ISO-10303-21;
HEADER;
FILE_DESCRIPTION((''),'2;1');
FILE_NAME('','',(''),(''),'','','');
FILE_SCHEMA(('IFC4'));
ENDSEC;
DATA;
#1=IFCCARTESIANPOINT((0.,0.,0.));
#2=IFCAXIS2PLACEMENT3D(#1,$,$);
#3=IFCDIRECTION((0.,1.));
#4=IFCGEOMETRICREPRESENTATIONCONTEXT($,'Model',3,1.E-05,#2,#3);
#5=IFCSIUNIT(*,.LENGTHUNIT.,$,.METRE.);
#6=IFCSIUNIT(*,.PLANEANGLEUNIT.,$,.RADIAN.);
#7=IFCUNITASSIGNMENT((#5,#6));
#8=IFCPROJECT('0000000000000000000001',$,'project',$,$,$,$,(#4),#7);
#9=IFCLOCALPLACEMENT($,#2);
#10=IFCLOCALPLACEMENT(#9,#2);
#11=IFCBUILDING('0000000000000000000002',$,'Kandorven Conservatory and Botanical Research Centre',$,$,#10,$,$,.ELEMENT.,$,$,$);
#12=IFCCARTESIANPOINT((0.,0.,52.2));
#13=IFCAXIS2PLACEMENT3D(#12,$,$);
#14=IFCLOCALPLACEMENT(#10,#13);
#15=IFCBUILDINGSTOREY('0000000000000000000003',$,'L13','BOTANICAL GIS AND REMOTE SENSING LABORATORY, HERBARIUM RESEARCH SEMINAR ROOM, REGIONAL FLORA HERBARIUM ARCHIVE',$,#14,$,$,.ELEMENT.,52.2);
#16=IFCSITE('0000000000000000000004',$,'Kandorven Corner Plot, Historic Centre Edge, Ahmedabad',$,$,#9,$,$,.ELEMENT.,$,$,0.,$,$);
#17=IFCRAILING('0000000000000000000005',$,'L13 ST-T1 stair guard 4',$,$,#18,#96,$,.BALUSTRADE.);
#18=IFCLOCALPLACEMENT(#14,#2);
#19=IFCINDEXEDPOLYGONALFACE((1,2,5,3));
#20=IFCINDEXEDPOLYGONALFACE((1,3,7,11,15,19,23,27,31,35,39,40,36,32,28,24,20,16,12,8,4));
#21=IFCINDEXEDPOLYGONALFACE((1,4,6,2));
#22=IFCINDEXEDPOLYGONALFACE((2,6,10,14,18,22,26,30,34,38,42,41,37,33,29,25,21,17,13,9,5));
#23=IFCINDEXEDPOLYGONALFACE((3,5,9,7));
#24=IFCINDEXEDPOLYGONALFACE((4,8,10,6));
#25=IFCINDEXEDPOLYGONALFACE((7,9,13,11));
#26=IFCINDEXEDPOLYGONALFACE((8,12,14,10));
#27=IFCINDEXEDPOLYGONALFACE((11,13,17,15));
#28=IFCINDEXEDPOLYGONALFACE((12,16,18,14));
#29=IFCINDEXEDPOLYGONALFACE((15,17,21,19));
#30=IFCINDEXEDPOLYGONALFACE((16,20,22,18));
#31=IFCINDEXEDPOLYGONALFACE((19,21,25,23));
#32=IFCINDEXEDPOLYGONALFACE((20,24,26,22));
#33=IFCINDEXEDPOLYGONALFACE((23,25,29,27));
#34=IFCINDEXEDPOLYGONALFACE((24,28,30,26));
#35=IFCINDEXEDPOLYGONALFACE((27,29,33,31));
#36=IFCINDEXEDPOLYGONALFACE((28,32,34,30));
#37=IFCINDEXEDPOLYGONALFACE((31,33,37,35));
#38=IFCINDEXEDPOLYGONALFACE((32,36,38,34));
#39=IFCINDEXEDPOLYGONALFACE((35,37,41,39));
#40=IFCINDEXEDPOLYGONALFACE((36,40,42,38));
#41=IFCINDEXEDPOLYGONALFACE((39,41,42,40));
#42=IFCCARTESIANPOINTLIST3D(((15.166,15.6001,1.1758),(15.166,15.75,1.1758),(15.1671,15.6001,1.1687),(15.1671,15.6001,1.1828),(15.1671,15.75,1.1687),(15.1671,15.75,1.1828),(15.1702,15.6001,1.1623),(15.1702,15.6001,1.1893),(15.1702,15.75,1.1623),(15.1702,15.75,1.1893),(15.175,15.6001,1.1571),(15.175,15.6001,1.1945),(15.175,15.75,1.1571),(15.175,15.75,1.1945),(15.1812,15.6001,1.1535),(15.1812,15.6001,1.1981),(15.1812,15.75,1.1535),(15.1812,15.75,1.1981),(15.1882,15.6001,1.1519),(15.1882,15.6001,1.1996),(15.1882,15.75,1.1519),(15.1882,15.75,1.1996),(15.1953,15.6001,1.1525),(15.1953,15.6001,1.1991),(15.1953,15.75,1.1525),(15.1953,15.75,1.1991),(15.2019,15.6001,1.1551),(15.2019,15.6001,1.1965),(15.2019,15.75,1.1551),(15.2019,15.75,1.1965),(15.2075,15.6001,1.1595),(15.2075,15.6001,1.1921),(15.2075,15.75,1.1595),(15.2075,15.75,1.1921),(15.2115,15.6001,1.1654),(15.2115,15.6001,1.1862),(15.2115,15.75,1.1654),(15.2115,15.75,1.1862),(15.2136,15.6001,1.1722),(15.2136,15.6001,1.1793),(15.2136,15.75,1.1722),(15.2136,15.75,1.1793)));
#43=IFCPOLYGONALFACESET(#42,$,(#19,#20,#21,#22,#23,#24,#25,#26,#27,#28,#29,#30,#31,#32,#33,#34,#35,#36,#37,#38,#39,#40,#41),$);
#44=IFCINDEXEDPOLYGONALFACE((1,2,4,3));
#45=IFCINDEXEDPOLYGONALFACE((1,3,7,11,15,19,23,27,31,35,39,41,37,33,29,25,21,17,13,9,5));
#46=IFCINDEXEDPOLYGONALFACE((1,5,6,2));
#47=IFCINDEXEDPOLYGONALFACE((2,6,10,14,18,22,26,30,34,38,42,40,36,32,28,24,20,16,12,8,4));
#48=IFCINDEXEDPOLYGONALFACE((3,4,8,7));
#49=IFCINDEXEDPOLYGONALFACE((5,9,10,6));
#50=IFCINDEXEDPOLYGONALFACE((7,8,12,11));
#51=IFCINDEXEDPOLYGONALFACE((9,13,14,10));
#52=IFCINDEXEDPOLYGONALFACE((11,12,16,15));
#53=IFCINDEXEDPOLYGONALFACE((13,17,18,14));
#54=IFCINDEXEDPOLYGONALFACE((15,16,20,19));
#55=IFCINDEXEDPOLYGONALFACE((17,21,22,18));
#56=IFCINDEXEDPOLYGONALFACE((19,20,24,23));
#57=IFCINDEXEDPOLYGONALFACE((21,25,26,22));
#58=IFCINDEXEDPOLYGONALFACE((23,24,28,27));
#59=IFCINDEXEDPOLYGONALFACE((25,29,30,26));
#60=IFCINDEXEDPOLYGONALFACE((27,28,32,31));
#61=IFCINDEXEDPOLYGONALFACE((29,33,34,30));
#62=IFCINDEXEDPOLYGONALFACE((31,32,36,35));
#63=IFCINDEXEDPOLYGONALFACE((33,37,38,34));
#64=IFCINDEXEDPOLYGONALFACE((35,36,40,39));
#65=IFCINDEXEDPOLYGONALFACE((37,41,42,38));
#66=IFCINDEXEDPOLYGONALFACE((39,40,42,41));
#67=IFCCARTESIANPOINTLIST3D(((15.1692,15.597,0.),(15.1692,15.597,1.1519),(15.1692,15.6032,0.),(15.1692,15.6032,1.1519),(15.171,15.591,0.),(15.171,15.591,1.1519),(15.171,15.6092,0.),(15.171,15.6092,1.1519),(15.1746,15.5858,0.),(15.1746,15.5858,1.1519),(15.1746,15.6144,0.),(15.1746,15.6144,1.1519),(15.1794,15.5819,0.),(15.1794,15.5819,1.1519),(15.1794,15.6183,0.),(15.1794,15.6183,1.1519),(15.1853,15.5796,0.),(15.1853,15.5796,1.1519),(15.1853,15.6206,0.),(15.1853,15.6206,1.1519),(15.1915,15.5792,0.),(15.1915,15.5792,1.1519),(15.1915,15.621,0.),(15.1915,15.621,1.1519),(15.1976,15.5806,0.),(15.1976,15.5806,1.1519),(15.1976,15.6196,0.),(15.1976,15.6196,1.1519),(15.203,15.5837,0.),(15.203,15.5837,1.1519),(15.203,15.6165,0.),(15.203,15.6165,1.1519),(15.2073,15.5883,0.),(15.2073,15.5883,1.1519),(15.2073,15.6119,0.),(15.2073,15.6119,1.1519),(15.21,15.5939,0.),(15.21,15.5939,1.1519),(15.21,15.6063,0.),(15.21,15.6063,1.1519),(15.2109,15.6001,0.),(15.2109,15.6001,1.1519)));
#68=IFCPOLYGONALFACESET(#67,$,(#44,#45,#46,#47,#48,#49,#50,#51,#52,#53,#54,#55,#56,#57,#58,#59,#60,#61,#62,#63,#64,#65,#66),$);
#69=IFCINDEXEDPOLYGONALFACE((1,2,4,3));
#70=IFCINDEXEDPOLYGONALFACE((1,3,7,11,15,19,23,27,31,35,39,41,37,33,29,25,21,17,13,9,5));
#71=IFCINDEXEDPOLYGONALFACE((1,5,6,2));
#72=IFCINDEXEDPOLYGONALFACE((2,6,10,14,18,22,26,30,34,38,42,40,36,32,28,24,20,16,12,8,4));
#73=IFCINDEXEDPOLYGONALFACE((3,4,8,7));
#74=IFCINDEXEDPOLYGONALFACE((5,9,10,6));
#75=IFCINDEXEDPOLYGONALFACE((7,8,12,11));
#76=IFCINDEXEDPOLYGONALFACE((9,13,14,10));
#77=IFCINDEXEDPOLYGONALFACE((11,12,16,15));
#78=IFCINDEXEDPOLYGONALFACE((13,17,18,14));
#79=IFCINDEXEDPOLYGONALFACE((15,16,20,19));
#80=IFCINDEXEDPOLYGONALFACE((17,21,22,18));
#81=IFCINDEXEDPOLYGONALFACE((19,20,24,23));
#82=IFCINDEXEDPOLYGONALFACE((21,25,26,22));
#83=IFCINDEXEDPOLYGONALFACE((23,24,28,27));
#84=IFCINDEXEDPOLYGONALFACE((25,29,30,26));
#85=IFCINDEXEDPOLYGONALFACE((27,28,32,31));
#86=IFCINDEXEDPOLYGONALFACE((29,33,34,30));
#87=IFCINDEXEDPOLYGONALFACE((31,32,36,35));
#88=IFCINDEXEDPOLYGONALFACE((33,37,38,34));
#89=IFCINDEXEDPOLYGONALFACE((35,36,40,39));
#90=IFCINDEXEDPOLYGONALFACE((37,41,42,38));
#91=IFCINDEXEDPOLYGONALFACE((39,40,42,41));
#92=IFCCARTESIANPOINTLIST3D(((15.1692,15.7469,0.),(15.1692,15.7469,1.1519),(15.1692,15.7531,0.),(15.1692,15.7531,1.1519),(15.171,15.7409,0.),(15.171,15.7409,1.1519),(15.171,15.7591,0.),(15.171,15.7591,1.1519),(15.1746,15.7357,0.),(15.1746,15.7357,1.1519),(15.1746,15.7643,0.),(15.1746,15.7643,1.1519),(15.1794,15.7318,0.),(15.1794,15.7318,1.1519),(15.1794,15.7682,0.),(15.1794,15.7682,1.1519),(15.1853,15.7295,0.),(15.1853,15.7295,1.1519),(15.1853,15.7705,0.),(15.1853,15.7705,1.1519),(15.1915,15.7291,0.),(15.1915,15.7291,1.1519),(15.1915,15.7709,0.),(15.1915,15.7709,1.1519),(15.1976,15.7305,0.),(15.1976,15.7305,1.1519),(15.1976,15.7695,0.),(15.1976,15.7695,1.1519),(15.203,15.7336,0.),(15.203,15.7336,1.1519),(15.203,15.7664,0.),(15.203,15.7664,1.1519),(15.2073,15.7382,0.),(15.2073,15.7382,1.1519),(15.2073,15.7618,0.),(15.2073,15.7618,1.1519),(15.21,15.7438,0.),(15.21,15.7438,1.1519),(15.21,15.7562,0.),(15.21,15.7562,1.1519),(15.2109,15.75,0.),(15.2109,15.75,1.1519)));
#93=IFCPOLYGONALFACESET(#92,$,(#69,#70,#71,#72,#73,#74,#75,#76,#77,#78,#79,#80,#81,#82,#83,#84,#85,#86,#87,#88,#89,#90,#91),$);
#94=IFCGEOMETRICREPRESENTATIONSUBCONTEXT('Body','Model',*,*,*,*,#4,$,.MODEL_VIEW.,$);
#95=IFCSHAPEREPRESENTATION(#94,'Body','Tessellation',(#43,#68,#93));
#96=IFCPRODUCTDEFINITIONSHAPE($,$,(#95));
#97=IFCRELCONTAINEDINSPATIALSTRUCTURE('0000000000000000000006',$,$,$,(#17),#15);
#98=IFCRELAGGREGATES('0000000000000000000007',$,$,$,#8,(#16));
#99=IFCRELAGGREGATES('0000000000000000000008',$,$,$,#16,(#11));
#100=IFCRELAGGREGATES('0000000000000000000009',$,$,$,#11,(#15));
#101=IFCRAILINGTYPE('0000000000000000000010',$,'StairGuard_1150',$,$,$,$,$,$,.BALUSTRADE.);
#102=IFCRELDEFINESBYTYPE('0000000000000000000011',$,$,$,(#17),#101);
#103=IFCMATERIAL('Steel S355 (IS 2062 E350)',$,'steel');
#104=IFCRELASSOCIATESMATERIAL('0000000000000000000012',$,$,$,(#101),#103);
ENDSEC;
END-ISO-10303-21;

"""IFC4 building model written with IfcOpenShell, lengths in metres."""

from ifc_helpers import new_model, si_unit, direction, frame, origin, origin_2d, place, context, subcontext, project, spatial, circle, extrude, material, type_object, element, save


model = new_model("IFC4")

# Units and contexts
model_context = context("Model", 3, precision=1e-05, world=origin(), true_north=direction((0.0, 1.0)))
body_context = subcontext(model_context, "Body", "Model", "MODEL_VIEW")
ifc_project = project(units=[si_unit("LENGTHUNIT", "METRE"), si_unit("PLANEANGLEUNIT", "RADIAN")], contexts=[model_context])

# Site, building, storey
site_placement = place(None, origin())
site = spatial("IfcSite", under=ifc_project, at=site_placement, Name="Kandorven Corner Plot, Historic Centre Edge, Ahmedabad", CompositionType="ELEMENT", RefElevation=0.0)
building_placement = place(site_placement, origin())
building = spatial("IfcBuilding", under=site, at=building_placement, Name="Kandorven Conservatory and Botanical Research Centre", CompositionType="ELEMENT")
storey_placement = place(building_placement, frame((0.0, 0.0, 52.2)))
storey = spatial("IfcBuildingStorey", under=building, at=storey_placement, Name="L13", Description="BOTANICAL GIS AND REMOTE SENSING LABORATORY, HERBARIUM RESEARCH SEMINAR ROOM, REGIONAL FLORA HERBARIUM ARCHIVE", CompositionType="ELEMENT", Elevation=52.2)

# Railing
ifc_material_1 = material(Name="Steel S355 (IS 2062 E350)", Category="steel")
railing_type_1 = type_object("IfcRailingType", Name="StairGuard_1150", PredefinedType="BALUSTRADE", material=ifc_material_1)
railing_1_placement = place(storey_placement, frame((15.1899, 15.6001, 0.0)))
element("IfcRailing", 1, at=railing_1_placement, inside=storey, type_object=railing_type_1, Name="L13 ST-T1 stair guard 4", PredefinedType="BALUSTRADE", context=body_context, shape_type="SweptSolid", body=[
    extrude(circle(Radius=0.0239, at=origin_2d()), frame((0.0, 0.0, 1.1758), z_axis=(0.0, 1.0, 0.0), x_axis=(-1.0, 0.0, 0.0)), (0.0, 0.0, 1.0), 0.1499),
    extrude(circle(Radius=0.021, at=origin_2d()), origin(), (0.0, 0.0, 1.0), 1.1519),
    extrude(circle(Radius=0.021, at=origin_2d()), frame((0.0, 0.1499, 0.0)), (0.0, 0.0, 1.0), 1.1519),
])

save(model, "model.ifc")
